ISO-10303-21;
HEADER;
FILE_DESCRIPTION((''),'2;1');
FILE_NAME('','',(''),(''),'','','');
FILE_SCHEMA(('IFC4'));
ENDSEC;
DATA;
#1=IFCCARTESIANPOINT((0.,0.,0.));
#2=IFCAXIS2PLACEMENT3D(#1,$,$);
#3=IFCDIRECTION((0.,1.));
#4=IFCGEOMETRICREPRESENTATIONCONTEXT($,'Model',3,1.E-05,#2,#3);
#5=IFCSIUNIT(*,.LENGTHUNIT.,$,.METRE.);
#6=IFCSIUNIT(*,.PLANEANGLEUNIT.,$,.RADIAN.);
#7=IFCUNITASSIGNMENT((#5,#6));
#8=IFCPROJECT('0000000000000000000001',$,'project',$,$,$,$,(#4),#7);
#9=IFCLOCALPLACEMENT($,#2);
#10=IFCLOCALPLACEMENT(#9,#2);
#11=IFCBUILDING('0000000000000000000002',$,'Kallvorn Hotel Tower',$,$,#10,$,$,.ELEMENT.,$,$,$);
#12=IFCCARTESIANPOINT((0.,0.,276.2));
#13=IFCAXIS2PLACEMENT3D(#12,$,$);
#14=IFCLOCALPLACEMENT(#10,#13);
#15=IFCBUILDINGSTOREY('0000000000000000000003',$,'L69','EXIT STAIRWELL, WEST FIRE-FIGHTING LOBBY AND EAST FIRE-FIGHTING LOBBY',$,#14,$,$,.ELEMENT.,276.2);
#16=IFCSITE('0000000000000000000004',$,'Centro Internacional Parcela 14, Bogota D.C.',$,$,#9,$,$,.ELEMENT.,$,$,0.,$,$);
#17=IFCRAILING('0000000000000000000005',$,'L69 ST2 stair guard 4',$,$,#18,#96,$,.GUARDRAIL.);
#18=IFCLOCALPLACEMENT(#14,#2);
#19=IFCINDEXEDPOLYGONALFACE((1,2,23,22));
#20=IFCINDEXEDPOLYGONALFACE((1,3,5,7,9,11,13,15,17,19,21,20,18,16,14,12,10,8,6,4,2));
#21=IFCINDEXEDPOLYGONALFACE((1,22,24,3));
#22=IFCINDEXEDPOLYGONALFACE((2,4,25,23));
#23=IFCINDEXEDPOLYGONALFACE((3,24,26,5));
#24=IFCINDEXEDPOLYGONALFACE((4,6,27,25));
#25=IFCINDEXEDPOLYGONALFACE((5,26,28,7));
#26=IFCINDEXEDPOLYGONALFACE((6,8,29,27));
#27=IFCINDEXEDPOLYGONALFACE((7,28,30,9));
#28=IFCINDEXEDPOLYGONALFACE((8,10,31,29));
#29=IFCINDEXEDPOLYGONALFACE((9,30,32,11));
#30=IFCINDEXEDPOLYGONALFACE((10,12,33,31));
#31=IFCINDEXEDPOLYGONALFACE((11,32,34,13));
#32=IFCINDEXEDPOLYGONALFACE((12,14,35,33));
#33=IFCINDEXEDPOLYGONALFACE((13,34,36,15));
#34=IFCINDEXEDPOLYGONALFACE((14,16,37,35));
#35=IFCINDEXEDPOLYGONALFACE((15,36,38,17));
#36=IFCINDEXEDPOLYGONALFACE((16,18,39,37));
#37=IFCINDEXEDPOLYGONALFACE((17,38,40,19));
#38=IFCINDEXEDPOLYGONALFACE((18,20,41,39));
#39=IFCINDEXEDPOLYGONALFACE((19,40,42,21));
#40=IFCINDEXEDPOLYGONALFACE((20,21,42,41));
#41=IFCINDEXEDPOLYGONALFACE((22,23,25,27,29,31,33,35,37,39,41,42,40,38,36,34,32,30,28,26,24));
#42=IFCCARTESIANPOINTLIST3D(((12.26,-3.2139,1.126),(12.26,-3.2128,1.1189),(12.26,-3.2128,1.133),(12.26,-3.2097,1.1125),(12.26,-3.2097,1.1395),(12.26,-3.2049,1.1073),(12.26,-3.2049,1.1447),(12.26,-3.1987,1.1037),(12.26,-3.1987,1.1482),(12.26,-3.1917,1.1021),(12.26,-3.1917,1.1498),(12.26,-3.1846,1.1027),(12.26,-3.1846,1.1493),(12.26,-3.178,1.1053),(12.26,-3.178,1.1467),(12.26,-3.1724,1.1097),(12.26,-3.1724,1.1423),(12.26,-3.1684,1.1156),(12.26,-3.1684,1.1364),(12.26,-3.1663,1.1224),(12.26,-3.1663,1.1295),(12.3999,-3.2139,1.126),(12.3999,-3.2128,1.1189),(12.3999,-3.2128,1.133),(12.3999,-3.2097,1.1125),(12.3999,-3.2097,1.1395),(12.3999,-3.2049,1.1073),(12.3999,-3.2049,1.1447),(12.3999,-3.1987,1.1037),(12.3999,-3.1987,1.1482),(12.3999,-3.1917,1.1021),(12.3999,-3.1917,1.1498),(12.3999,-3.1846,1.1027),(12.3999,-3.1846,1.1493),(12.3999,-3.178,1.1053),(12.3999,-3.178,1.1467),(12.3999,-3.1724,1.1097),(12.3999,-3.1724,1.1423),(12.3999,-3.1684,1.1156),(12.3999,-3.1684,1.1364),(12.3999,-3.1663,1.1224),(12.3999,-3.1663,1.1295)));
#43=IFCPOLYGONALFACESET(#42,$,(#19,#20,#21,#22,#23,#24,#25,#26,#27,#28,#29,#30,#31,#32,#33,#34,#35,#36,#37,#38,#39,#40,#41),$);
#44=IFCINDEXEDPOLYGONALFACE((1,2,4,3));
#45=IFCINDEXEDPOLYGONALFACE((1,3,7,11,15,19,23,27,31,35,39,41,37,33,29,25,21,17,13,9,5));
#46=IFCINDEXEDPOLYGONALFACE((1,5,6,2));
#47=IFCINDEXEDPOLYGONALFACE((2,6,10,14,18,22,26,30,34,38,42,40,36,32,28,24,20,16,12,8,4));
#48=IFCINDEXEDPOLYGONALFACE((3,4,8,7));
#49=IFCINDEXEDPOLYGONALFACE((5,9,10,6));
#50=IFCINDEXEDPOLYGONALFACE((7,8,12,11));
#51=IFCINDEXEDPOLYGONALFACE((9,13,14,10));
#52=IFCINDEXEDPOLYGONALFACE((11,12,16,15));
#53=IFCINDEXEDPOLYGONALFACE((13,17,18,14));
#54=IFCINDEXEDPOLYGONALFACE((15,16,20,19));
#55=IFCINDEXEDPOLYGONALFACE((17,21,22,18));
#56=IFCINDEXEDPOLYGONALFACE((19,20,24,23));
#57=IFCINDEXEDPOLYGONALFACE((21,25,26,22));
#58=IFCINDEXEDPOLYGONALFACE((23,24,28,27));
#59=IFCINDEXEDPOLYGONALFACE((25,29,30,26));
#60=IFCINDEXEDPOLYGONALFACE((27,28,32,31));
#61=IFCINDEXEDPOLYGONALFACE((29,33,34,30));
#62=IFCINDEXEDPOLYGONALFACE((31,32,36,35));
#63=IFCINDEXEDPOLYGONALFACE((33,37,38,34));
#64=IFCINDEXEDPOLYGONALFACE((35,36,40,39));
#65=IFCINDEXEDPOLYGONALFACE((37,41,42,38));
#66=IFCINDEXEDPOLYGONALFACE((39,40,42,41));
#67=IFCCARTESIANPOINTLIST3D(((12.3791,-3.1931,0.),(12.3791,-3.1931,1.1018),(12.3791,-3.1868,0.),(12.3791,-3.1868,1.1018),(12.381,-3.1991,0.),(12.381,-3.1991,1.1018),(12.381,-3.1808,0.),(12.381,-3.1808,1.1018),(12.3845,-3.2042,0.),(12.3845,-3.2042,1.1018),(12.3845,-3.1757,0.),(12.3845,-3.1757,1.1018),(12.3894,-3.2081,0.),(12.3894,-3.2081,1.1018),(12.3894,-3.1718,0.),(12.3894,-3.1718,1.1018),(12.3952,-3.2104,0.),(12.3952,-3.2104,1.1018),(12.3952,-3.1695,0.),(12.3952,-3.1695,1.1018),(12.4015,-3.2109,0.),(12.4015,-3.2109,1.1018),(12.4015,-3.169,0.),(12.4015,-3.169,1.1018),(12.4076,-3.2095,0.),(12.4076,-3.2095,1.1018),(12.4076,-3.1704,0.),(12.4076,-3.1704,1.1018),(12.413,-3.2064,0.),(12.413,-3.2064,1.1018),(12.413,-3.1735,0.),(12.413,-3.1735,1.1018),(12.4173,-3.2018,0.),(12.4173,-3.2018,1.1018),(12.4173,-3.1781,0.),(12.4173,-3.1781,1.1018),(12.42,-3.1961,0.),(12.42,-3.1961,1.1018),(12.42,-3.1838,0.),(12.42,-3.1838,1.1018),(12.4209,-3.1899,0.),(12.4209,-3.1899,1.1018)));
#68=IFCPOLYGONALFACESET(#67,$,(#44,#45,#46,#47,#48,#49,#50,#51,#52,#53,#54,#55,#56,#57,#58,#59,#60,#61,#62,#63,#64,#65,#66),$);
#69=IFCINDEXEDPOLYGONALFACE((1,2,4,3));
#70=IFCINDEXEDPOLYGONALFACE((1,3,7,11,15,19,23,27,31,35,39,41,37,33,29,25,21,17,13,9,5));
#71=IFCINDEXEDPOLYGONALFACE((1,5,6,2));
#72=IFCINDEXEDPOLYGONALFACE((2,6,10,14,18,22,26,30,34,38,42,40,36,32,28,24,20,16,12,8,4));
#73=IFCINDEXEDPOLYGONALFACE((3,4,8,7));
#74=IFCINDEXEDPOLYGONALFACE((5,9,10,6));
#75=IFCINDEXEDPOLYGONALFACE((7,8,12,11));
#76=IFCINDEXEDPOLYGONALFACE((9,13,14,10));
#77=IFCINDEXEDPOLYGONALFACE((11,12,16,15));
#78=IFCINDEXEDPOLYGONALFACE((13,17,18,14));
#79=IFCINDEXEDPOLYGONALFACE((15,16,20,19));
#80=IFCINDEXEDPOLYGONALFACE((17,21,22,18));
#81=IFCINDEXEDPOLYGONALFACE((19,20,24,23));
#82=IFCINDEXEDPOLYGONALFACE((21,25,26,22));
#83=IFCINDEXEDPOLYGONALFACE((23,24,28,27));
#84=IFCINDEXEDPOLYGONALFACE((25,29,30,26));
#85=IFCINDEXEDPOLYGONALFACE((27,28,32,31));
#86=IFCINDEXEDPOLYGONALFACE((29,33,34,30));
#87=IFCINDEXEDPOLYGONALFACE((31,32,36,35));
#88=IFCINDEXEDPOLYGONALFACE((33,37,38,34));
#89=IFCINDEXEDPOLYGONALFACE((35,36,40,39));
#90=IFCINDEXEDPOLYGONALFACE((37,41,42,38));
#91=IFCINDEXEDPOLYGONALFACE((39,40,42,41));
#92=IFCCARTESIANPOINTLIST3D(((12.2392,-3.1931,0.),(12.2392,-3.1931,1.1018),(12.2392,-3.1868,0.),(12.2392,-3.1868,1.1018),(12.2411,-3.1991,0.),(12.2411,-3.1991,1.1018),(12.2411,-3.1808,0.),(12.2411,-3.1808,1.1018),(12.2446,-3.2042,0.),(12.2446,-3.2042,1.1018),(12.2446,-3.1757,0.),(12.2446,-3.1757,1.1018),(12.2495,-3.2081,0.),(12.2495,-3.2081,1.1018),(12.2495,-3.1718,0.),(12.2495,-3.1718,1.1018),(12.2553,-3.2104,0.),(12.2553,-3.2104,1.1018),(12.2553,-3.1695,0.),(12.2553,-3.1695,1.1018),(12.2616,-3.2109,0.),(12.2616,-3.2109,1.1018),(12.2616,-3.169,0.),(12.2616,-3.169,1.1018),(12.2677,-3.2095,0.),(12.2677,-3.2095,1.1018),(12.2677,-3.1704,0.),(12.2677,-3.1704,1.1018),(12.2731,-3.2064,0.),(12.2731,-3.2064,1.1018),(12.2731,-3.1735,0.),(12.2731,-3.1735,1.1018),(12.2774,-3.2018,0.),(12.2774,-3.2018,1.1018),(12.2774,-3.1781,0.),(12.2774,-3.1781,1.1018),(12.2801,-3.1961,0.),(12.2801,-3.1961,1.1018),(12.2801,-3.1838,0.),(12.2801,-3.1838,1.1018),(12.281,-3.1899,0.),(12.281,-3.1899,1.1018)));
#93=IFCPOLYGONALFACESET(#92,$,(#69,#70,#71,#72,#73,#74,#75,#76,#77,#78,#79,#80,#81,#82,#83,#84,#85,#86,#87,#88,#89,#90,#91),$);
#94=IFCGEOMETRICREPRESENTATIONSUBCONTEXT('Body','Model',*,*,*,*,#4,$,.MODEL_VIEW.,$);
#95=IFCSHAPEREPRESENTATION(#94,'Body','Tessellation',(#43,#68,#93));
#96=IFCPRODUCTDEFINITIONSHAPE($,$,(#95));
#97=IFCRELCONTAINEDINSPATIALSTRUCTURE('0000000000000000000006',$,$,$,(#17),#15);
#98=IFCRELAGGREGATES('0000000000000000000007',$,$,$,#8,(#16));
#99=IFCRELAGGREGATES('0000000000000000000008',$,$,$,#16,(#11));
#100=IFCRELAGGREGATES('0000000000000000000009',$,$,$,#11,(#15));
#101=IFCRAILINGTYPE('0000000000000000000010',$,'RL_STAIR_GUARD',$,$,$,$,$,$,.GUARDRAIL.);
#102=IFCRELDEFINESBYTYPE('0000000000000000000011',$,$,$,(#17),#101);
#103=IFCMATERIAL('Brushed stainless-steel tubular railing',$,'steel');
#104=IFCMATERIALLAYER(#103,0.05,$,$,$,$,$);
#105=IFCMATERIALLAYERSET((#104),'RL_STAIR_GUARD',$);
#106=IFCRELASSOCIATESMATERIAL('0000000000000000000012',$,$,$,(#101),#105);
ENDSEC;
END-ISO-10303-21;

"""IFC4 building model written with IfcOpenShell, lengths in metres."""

from ifc_helpers import new_model, si_unit, direction, frame, origin, origin_2d, place, context, subcontext, project, spatial, circle, extrude, material, layer, layer_set, type_object, element, save


model = new_model("IFC4")

# Units and contexts
model_context = context("Model", 3, precision=1e-05, world=origin(), true_north=direction((0.0, 1.0)))
body_context = subcontext(model_context, "Body", "Model", "MODEL_VIEW")
ifc_project = project(units=[si_unit("LENGTHUNIT", "METRE"), si_unit("PLANEANGLEUNIT", "RADIAN")], contexts=[model_context])

# Site, building, storey
site_placement = place(None, origin())
site = spatial("IfcSite", under=ifc_project, at=site_placement, Name="Centro Internacional Parcela 14, Bogota D.C.", CompositionType="ELEMENT", RefElevation=0.0)
building_placement = place(site_placement, origin())
building = spatial("IfcBuilding", under=site, at=building_placement, Name="Kallvorn Hotel Tower", CompositionType="ELEMENT")
storey_placement = place(building_placement, frame((0.0, 0.0, 276.2)))
storey = spatial("IfcBuildingStorey", under=building, at=storey_placement, Name="L69", Description="EXIT STAIRWELL, WEST FIRE-FIGHTING LOBBY AND EAST FIRE-FIGHTING LOBBY", CompositionType="ELEMENT", Elevation=276.2)

# Railing
ifc_material_1 = material(Name="Brushed stainless-steel tubular railing", Category="steel")
ifc_layer_1 = layer(ifc_material_1, 0.05)
ifc_layer_set_1 = layer_set([ifc_layer_1], Name="RL_STAIR_GUARD")
railing_type = type_object("IfcRailingType", Name="RL_STAIR_GUARD", PredefinedType="GUARDRAIL", material=ifc_layer_set_1)
railing_1_placement = place(storey_placement, frame((12.3999, -3.1899, 0.0)))
element("IfcRailing", 1, at=railing_1_placement, inside=storey, type_object=railing_type, Name="L69 ST2 stair guard 4", PredefinedType="GUARDRAIL", context=body_context, shape_type="SweptSolid", body=[
    extrude(circle(Radius=0.0239, at=origin_2d()), frame((0.0, 0.0, 1.126), z_axis=(-1.0, 0.0, 0.0), x_axis=(0.0, -1.0, 0.0)), (0.0, 0.0, 1.0), 0.1399),
    extrude(circle(Radius=0.021, at=origin_2d()), origin(), (0.0, 0.0, 1.0), 1.1018),
    extrude(circle(Radius=0.021, at=origin_2d()), frame((-0.1399, 0.0, 0.0)), (0.0, 0.0, 1.0), 1.1018),
])

save(model, "model.ifc")
